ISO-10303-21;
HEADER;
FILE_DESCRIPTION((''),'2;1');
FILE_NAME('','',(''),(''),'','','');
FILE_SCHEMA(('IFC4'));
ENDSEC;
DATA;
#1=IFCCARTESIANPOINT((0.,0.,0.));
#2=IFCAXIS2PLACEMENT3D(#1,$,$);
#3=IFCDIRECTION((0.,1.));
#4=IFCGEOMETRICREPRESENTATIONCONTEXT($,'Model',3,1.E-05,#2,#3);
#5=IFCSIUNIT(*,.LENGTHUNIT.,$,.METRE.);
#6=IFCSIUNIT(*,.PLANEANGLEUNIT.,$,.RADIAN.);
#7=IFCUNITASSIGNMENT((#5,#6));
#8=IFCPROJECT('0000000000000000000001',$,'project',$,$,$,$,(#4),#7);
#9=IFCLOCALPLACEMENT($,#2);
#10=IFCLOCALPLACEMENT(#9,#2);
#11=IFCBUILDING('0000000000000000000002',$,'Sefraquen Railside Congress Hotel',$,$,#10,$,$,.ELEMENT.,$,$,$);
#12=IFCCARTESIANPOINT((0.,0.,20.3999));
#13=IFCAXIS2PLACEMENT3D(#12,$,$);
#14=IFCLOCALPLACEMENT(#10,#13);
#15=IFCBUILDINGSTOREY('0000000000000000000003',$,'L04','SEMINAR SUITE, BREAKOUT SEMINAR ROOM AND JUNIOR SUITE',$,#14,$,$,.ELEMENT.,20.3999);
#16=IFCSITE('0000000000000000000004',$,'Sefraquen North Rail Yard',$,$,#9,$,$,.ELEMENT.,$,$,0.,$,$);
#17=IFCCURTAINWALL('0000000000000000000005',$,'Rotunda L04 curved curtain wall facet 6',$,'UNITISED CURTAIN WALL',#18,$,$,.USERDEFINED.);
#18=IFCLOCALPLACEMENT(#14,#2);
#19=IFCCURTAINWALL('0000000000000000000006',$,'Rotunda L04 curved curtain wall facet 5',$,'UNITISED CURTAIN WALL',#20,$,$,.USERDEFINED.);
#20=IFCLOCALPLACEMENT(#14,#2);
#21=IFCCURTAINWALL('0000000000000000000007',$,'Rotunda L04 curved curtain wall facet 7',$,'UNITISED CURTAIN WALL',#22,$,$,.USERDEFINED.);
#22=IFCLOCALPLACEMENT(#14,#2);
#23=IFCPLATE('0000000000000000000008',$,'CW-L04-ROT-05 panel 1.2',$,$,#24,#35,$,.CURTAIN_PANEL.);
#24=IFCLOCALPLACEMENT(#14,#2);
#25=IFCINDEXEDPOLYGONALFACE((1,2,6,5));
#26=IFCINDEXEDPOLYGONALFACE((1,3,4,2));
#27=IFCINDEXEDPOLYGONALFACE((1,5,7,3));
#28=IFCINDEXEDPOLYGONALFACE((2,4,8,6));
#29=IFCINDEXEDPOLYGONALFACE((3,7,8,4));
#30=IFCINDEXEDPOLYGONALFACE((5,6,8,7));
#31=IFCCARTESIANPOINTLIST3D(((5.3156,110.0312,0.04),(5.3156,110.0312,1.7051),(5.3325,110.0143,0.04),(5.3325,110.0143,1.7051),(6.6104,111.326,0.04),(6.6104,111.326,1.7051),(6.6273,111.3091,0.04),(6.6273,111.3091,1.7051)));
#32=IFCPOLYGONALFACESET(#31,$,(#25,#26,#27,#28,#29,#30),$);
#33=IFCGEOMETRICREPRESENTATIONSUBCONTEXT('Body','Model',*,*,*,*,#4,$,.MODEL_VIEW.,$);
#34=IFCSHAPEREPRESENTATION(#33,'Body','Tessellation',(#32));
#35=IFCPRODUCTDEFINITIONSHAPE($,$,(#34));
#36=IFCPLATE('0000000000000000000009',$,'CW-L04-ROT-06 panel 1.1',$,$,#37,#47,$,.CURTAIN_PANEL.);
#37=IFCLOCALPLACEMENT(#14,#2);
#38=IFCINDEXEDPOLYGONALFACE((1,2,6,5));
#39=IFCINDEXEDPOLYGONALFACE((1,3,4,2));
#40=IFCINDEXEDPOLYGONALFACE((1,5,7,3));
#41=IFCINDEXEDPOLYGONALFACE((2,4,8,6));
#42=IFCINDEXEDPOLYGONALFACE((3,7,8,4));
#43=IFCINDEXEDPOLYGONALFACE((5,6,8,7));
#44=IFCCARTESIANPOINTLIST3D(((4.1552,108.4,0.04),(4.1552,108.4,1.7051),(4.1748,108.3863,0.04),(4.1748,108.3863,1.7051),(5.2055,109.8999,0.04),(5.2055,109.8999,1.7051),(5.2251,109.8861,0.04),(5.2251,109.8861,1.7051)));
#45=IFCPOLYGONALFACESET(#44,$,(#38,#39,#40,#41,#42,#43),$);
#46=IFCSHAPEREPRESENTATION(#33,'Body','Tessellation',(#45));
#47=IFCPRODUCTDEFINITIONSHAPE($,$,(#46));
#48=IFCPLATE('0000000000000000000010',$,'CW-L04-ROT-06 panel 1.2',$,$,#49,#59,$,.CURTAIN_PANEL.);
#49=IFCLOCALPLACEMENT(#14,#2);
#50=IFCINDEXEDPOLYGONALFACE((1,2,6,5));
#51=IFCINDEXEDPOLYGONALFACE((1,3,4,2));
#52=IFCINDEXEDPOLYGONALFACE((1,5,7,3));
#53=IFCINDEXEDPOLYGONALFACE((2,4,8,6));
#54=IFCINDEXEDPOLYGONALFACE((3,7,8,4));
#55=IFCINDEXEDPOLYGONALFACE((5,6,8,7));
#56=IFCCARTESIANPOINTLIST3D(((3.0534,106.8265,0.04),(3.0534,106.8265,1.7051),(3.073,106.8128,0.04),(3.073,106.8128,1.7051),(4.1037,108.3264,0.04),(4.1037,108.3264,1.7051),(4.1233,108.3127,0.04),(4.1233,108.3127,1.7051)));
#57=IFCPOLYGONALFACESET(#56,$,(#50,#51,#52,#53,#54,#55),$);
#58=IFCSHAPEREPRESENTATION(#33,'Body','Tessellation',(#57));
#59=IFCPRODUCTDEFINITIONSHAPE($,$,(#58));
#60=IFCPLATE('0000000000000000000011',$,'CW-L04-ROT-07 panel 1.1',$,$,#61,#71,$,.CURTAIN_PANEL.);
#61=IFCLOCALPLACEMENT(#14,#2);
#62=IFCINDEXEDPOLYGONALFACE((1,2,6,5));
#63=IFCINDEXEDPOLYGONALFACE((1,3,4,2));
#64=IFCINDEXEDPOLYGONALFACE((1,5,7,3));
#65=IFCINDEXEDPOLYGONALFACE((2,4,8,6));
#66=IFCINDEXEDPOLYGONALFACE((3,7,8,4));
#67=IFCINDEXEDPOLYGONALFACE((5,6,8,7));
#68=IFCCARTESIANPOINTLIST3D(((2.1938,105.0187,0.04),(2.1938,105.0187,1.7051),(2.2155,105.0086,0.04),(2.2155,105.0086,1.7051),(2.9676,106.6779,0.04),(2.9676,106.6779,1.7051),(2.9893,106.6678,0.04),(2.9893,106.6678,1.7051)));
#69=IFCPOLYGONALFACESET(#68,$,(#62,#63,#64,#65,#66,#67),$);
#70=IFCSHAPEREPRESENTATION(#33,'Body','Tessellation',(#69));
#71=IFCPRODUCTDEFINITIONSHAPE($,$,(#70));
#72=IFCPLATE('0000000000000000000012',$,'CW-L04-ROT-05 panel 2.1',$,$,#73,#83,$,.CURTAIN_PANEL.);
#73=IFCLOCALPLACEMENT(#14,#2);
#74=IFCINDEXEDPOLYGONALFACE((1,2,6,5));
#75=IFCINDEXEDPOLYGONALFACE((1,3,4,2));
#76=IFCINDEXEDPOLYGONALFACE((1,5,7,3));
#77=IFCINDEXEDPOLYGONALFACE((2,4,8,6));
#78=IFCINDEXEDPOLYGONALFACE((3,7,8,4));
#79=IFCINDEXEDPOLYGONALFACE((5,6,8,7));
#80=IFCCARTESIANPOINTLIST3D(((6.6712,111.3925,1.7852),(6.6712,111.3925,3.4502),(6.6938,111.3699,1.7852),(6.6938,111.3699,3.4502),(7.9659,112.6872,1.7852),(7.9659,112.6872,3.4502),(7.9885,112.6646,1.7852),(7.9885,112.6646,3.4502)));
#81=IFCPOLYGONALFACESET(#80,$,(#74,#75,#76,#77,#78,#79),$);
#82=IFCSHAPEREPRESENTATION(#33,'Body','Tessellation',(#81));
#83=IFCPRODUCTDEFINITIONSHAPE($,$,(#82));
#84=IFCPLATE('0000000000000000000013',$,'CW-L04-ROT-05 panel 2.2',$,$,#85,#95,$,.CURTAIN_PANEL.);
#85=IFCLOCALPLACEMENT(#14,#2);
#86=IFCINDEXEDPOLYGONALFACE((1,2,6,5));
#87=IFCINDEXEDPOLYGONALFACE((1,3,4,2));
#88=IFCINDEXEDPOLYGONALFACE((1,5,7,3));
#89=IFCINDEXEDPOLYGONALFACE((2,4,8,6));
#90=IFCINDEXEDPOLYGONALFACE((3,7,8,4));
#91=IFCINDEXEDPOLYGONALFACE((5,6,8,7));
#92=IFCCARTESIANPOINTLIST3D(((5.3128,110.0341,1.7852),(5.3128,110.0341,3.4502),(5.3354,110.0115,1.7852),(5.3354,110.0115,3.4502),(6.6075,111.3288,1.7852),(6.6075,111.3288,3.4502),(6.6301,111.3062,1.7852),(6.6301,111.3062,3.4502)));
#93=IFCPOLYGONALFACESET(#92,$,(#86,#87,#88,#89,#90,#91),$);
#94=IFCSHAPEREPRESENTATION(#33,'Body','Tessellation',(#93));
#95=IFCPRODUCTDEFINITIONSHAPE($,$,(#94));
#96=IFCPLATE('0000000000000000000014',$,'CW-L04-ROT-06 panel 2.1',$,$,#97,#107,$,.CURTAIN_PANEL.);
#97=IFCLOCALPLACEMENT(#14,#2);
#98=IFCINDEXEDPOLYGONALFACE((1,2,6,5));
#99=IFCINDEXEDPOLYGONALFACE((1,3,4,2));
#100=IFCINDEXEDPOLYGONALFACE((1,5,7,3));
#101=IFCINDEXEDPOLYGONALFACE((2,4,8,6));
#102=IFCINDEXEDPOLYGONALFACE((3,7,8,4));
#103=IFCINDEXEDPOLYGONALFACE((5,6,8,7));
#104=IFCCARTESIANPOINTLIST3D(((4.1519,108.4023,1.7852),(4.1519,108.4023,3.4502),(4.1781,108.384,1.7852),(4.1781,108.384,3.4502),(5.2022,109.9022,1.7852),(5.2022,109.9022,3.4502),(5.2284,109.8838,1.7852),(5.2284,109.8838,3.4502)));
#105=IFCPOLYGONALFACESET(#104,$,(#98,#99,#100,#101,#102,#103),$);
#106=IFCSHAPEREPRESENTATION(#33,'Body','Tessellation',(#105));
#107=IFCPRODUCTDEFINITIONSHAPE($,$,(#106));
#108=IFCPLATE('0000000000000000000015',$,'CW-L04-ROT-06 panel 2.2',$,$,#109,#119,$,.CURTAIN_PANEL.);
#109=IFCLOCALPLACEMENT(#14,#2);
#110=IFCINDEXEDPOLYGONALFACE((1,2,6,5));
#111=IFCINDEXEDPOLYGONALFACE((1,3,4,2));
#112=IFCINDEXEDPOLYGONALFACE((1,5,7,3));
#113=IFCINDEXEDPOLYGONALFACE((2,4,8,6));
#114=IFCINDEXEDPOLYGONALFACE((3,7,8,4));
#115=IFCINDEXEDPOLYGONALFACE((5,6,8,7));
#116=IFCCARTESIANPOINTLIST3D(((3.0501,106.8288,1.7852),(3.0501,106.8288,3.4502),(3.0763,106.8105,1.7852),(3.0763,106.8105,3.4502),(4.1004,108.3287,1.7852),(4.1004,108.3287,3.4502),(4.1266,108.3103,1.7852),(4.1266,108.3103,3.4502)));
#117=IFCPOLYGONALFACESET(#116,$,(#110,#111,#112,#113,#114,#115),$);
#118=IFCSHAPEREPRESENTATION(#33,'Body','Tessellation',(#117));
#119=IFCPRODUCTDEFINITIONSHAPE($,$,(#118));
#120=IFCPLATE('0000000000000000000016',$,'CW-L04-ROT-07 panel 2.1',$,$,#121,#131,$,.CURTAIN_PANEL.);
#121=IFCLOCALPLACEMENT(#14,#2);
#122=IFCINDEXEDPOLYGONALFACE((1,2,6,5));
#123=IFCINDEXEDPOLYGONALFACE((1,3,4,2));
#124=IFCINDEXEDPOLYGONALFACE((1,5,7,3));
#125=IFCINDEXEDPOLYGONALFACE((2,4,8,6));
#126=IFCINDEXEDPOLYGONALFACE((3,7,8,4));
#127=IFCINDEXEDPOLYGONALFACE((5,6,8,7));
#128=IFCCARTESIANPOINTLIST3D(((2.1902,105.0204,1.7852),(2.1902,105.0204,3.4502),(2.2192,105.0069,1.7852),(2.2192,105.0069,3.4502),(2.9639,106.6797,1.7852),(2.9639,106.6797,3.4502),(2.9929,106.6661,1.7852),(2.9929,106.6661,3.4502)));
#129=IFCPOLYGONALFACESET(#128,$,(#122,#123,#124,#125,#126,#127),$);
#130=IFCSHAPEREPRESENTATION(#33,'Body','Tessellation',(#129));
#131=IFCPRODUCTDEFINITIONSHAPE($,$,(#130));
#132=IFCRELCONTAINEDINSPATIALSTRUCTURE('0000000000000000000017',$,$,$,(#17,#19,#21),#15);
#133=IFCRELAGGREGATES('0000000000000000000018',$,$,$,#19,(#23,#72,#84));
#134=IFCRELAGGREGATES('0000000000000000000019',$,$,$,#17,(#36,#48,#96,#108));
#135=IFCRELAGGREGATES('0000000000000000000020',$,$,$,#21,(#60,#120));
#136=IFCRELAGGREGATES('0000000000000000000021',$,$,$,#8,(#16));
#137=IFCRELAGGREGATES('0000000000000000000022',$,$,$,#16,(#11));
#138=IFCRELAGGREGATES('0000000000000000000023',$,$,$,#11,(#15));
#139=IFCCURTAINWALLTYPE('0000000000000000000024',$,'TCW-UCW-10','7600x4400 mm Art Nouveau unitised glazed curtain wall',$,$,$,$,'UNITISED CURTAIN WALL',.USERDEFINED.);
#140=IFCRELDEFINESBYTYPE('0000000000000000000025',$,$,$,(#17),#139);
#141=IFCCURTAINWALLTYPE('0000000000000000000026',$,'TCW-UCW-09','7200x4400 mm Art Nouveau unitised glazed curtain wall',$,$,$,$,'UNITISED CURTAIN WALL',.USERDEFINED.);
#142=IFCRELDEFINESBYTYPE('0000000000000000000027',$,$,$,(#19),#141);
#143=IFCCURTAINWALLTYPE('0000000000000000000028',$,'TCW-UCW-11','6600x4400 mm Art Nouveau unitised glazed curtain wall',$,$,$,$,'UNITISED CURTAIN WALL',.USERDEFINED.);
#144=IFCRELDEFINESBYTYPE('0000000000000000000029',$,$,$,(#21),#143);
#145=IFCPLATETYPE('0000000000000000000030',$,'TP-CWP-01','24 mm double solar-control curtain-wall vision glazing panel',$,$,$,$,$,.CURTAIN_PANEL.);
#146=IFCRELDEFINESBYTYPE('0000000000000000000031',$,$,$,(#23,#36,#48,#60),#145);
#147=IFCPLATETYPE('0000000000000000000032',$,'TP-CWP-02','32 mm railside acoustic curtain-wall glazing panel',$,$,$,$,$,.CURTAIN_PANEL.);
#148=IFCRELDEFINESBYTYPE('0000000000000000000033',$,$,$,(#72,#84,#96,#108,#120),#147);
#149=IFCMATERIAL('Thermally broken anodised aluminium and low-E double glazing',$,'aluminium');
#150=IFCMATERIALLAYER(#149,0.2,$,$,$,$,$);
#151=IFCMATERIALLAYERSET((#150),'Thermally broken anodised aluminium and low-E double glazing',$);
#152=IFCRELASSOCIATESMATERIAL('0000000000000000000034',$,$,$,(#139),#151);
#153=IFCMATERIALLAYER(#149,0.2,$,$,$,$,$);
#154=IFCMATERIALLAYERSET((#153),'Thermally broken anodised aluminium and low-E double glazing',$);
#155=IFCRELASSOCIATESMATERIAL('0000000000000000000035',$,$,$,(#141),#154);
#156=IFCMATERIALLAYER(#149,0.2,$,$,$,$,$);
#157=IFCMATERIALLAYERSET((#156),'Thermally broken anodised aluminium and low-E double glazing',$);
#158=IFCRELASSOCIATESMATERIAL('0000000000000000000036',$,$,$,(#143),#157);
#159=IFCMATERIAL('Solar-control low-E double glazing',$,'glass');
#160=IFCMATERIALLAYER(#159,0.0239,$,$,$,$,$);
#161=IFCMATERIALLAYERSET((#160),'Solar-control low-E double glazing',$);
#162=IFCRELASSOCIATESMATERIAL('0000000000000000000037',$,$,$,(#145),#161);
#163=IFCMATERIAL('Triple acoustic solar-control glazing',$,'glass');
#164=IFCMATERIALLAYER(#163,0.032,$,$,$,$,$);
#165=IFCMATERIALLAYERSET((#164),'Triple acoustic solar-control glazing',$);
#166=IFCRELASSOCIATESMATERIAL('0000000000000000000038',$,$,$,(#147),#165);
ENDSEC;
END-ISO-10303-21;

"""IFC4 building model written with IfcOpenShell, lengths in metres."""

from ifc_helpers import new_model, si_unit, direction, frame, origin, origin_2d, place, context, subcontext, project, spatial, rectangle, extrude, material, layer, layer_set, type_object, element, aggregate, save


model = new_model("IFC4")

# Units and contexts
model_context = context("Model", 3, precision=1e-05, world=origin(), true_north=direction((0.0, 1.0)))
body_context = subcontext(model_context, "Body", "Model", "MODEL_VIEW")
ifc_project = project(units=[si_unit("LENGTHUNIT", "METRE"), si_unit("PLANEANGLEUNIT", "RADIAN")], contexts=[model_context])

# Site, building, storey
site_placement = place(None, origin())
site = spatial("IfcSite", under=ifc_project, at=site_placement, Name="Sefraquen North Rail Yard", CompositionType="ELEMENT", RefElevation=0.0)
building_placement = place(site_placement, origin())
building = spatial("IfcBuilding", under=site, at=building_placement, Name="Sefraquen Railside Congress Hotel", CompositionType="ELEMENT")
storey_placement = place(building_placement, frame((0.0, 0.0, 20.3999)))
storey = spatial("IfcBuildingStorey", under=building, at=storey_placement, Name="L04", Description="SEMINAR SUITE, BREAKOUT SEMINAR ROOM AND JUNIOR SUITE", CompositionType="ELEMENT", Elevation=20.3999)

# Curtain walls
ifc_material_1 = material(Name="Thermally broken anodised aluminium and low-E double glazing", Category="aluminium")
ifc_layer_1 = layer(ifc_material_1, 0.2)
ifc_layer_set_1 = layer_set([ifc_layer_1], Name="Thermally broken anodised aluminium and low-E double glazing")
curtain_wall_type_1 = type_object("IfcCurtainWallType", Name="TCW-UCW-10", Description="7600x4400 mm Art Nouveau unitised glazed curtain wall", ElementType="UNITISED CURTAIN WALL", PredefinedType="USERDEFINED", material=ifc_layer_set_1)
curtain_wall_1_placement = place(storey_placement, origin())
curtain_wall_1 = element("IfcCurtainWall", 1, at=curtain_wall_1_placement, inside=storey, type_object=curtain_wall_type_1, Name="Rotunda L04 curved curtain wall facet 6", ObjectType="UNITISED CURTAIN WALL", PredefinedType="USERDEFINED")
ifc_layer_2 = layer(ifc_material_1, 0.2)
ifc_layer_set_2 = layer_set([ifc_layer_2], Name="Thermally broken anodised aluminium and low-E double glazing")
curtain_wall_type_2 = type_object("IfcCurtainWallType", Name="TCW-UCW-09", Description="7200x4400 mm Art Nouveau unitised glazed curtain wall", ElementType="UNITISED CURTAIN WALL", PredefinedType="USERDEFINED", material=ifc_layer_set_2)
curtain_wall_2_placement = place(storey_placement, origin())
curtain_wall_2 = element("IfcCurtainWall", 2, at=curtain_wall_2_placement, inside=storey, type_object=curtain_wall_type_2, Name="Rotunda L04 curved curtain wall facet 5", ObjectType="UNITISED CURTAIN WALL", PredefinedType="USERDEFINED")

# Curtain wall
ifc_layer_3 = layer(ifc_material_1, 0.2)
ifc_layer_set_3 = layer_set([ifc_layer_3], Name="Thermally broken anodised aluminium and low-E double glazing")
curtain_wall_type_3 = type_object("IfcCurtainWallType", Name="TCW-UCW-11", Description="6600x4400 mm Art Nouveau unitised glazed curtain wall", ElementType="UNITISED CURTAIN WALL", PredefinedType="USERDEFINED", material=ifc_layer_set_3)
curtain_wall_3_placement = place(storey_placement, origin())
curtain_wall_3 = element("IfcCurtainWall", 3, at=curtain_wall_3_placement, inside=storey, type_object=curtain_wall_type_3, Name="Rotunda L04 curved curtain wall facet 7", ObjectType="UNITISED CURTAIN WALL", PredefinedType="USERDEFINED")

# Plates
ifc_material_2 = material(Name="Solar-control low-E double glazing", Category="glass")
ifc_layer_4 = layer(ifc_material_2, 0.0239)
ifc_layer_set_4 = layer_set([ifc_layer_4], Name="Solar-control low-E double glazing")
plate_type_1 = type_object("IfcPlateType", Name="TP-CWP-01", Description="24 mm double solar-control curtain-wall vision glazing panel", PredefinedType="CURTAIN_PANEL", material=ifc_layer_set_4)
plate_1_placement = place(storey_placement, frame((5.9714, 110.6702, 0.04), z_axis=(0.0, 0.0, 1.0), x_axis=(-0.707107, -0.707107, 0.0)))
plate_1 = element("IfcPlate", 4, at=plate_1_placement, type_object=plate_type_1, Name="CW-L04-ROT-05 panel 1.2", PredefinedType="CURTAIN_PANEL", context=body_context, shape_type="SweptSolid", body=[
    extrude(rectangle(XDim=1.8311, YDim=0.0239, at=origin_2d()), origin(), (0.0, 0.0, 1.0), 1.665),
])
plate_2_placement = place(storey_placement, frame((4.6902, 109.1431, 0.04), z_axis=(0.0, 0.0, 1.0), x_axis=(-0.573605, -0.819132, 0.0)))
plate_2 = element("IfcPlate", 5, at=plate_2_placement, type_object=plate_type_1, Name="CW-L04-ROT-06 panel 1.1", PredefinedType="CURTAIN_PANEL", context=body_context, shape_type="SweptSolid", body=[
    extrude(rectangle(XDim=1.8311, YDim=0.0239, at=origin_2d()), origin(), (0.0, 0.0, 1.0), 1.665),
])
plate_3_placement = place(storey_placement, frame((3.5884, 107.5696, 0.04), z_axis=(0.0, 0.0, 1.0), x_axis=(-0.573605, -0.819132, 0.0)))
plate_3 = element("IfcPlate", 6, at=plate_3_placement, type_object=plate_type_1, Name="CW-L04-ROT-06 panel 1.2", PredefinedType="CURTAIN_PANEL", context=body_context, shape_type="SweptSolid", body=[
    extrude(rectangle(XDim=1.8311, YDim=0.0239, at=origin_2d()), origin(), (0.0, 0.0, 1.0), 1.665),
])
plate_4_placement = place(storey_placement, frame((2.5916, 105.8433, 0.04), z_axis=(0.0, 0.0, 1.0), x_axis=(-0.422634, -0.9063, 0.0)))
plate_4 = element("IfcPlate", 7, at=plate_4_placement, type_object=plate_type_1, Name="CW-L04-ROT-07 panel 1.1", PredefinedType="CURTAIN_PANEL", context=body_context, shape_type="SweptSolid", body=[
    extrude(rectangle(XDim=1.8308, YDim=0.0239, at=origin_2d()), origin(), (0.0, 0.0, 1.0), 1.665),
])
ifc_material_3 = material(Name="Triple acoustic solar-control glazing", Category="glass")
ifc_layer_5 = layer(ifc_material_3, 0.032)
ifc_layer_set_5 = layer_set([ifc_layer_5], Name="Triple acoustic solar-control glazing")
plate_type_2 = type_object("IfcPlateType", Name="TP-CWP-02", Description="32 mm railside acoustic curtain-wall glazing panel", PredefinedType="CURTAIN_PANEL", material=ifc_layer_set_5)
plate_5_placement = place(storey_placement, frame((7.3298, 112.0286, 1.7852), z_axis=(0.0, 0.0, 1.0), x_axis=(-0.707107, -0.707107, 0.0)))
plate_5 = element("IfcPlate", 8, at=plate_5_placement, type_object=plate_type_2, Name="CW-L04-ROT-05 panel 2.1", PredefinedType="CURTAIN_PANEL", context=body_context, shape_type="SweptSolid", body=[
    extrude(rectangle(XDim=1.8311, YDim=0.032, at=origin_2d()), origin(), (0.0, 0.0, 1.0), 1.665),
])
plate_6_placement = place(storey_placement, frame((5.9714, 110.6702, 1.7852), z_axis=(0.0, 0.0, 1.0), x_axis=(-0.707107, -0.707107, 0.0)))
plate_6 = element("IfcPlate", 9, at=plate_6_placement, type_object=plate_type_2, Name="CW-L04-ROT-05 panel 2.2", PredefinedType="CURTAIN_PANEL", context=body_context, shape_type="SweptSolid", body=[
    extrude(rectangle(XDim=1.8311, YDim=0.032, at=origin_2d()), origin(), (0.0, 0.0, 1.0), 1.665),
])
aggregate(curtain_wall_2, [plate_1, plate_5, plate_6])
plate_7_placement = place(storey_placement, frame((4.6902, 109.1431, 1.7852), z_axis=(0.0, 0.0, 1.0), x_axis=(-0.573605, -0.819132, 0.0)))
plate_7 = element("IfcPlate", 10, at=plate_7_placement, type_object=plate_type_2, Name="CW-L04-ROT-06 panel 2.1", PredefinedType="CURTAIN_PANEL", context=body_context, shape_type="SweptSolid", body=[
    extrude(rectangle(XDim=1.8311, YDim=0.032, at=origin_2d()), origin(), (0.0, 0.0, 1.0), 1.665),
])
plate_8_placement = place(storey_placement, frame((3.5884, 107.5696, 1.7852), z_axis=(0.0, 0.0, 1.0), x_axis=(-0.573605, -0.819132, 0.0)))
plate_8 = element("IfcPlate", 11, at=plate_8_placement, type_object=plate_type_2, Name="CW-L04-ROT-06 panel 2.2", PredefinedType="CURTAIN_PANEL", context=body_context, shape_type="SweptSolid", body=[
    extrude(rectangle(XDim=1.8311, YDim=0.032, at=origin_2d()), origin(), (0.0, 0.0, 1.0), 1.665),
])
aggregate(curtain_wall_1, [plate_2, plate_3, plate_7, plate_8])
plate_9_placement = place(storey_placement, frame((2.5916, 105.8433, 1.7852), z_axis=(0.0, 0.0, 1.0), x_axis=(-0.422634, -0.9063, 0.0)))
plate_9 = element("IfcPlate", 12, at=plate_9_placement, type_object=plate_type_2, Name="CW-L04-ROT-07 panel 2.1", PredefinedType="CURTAIN_PANEL", context=body_context, shape_type="SweptSolid", body=[
    extrude(rectangle(XDim=1.8308, YDim=0.032, at=origin_2d()), origin(), (0.0, 0.0, 1.0), 1.665),
])
aggregate(curtain_wall_3, [plate_4, plate_9])

save(model, "model.ifc")
